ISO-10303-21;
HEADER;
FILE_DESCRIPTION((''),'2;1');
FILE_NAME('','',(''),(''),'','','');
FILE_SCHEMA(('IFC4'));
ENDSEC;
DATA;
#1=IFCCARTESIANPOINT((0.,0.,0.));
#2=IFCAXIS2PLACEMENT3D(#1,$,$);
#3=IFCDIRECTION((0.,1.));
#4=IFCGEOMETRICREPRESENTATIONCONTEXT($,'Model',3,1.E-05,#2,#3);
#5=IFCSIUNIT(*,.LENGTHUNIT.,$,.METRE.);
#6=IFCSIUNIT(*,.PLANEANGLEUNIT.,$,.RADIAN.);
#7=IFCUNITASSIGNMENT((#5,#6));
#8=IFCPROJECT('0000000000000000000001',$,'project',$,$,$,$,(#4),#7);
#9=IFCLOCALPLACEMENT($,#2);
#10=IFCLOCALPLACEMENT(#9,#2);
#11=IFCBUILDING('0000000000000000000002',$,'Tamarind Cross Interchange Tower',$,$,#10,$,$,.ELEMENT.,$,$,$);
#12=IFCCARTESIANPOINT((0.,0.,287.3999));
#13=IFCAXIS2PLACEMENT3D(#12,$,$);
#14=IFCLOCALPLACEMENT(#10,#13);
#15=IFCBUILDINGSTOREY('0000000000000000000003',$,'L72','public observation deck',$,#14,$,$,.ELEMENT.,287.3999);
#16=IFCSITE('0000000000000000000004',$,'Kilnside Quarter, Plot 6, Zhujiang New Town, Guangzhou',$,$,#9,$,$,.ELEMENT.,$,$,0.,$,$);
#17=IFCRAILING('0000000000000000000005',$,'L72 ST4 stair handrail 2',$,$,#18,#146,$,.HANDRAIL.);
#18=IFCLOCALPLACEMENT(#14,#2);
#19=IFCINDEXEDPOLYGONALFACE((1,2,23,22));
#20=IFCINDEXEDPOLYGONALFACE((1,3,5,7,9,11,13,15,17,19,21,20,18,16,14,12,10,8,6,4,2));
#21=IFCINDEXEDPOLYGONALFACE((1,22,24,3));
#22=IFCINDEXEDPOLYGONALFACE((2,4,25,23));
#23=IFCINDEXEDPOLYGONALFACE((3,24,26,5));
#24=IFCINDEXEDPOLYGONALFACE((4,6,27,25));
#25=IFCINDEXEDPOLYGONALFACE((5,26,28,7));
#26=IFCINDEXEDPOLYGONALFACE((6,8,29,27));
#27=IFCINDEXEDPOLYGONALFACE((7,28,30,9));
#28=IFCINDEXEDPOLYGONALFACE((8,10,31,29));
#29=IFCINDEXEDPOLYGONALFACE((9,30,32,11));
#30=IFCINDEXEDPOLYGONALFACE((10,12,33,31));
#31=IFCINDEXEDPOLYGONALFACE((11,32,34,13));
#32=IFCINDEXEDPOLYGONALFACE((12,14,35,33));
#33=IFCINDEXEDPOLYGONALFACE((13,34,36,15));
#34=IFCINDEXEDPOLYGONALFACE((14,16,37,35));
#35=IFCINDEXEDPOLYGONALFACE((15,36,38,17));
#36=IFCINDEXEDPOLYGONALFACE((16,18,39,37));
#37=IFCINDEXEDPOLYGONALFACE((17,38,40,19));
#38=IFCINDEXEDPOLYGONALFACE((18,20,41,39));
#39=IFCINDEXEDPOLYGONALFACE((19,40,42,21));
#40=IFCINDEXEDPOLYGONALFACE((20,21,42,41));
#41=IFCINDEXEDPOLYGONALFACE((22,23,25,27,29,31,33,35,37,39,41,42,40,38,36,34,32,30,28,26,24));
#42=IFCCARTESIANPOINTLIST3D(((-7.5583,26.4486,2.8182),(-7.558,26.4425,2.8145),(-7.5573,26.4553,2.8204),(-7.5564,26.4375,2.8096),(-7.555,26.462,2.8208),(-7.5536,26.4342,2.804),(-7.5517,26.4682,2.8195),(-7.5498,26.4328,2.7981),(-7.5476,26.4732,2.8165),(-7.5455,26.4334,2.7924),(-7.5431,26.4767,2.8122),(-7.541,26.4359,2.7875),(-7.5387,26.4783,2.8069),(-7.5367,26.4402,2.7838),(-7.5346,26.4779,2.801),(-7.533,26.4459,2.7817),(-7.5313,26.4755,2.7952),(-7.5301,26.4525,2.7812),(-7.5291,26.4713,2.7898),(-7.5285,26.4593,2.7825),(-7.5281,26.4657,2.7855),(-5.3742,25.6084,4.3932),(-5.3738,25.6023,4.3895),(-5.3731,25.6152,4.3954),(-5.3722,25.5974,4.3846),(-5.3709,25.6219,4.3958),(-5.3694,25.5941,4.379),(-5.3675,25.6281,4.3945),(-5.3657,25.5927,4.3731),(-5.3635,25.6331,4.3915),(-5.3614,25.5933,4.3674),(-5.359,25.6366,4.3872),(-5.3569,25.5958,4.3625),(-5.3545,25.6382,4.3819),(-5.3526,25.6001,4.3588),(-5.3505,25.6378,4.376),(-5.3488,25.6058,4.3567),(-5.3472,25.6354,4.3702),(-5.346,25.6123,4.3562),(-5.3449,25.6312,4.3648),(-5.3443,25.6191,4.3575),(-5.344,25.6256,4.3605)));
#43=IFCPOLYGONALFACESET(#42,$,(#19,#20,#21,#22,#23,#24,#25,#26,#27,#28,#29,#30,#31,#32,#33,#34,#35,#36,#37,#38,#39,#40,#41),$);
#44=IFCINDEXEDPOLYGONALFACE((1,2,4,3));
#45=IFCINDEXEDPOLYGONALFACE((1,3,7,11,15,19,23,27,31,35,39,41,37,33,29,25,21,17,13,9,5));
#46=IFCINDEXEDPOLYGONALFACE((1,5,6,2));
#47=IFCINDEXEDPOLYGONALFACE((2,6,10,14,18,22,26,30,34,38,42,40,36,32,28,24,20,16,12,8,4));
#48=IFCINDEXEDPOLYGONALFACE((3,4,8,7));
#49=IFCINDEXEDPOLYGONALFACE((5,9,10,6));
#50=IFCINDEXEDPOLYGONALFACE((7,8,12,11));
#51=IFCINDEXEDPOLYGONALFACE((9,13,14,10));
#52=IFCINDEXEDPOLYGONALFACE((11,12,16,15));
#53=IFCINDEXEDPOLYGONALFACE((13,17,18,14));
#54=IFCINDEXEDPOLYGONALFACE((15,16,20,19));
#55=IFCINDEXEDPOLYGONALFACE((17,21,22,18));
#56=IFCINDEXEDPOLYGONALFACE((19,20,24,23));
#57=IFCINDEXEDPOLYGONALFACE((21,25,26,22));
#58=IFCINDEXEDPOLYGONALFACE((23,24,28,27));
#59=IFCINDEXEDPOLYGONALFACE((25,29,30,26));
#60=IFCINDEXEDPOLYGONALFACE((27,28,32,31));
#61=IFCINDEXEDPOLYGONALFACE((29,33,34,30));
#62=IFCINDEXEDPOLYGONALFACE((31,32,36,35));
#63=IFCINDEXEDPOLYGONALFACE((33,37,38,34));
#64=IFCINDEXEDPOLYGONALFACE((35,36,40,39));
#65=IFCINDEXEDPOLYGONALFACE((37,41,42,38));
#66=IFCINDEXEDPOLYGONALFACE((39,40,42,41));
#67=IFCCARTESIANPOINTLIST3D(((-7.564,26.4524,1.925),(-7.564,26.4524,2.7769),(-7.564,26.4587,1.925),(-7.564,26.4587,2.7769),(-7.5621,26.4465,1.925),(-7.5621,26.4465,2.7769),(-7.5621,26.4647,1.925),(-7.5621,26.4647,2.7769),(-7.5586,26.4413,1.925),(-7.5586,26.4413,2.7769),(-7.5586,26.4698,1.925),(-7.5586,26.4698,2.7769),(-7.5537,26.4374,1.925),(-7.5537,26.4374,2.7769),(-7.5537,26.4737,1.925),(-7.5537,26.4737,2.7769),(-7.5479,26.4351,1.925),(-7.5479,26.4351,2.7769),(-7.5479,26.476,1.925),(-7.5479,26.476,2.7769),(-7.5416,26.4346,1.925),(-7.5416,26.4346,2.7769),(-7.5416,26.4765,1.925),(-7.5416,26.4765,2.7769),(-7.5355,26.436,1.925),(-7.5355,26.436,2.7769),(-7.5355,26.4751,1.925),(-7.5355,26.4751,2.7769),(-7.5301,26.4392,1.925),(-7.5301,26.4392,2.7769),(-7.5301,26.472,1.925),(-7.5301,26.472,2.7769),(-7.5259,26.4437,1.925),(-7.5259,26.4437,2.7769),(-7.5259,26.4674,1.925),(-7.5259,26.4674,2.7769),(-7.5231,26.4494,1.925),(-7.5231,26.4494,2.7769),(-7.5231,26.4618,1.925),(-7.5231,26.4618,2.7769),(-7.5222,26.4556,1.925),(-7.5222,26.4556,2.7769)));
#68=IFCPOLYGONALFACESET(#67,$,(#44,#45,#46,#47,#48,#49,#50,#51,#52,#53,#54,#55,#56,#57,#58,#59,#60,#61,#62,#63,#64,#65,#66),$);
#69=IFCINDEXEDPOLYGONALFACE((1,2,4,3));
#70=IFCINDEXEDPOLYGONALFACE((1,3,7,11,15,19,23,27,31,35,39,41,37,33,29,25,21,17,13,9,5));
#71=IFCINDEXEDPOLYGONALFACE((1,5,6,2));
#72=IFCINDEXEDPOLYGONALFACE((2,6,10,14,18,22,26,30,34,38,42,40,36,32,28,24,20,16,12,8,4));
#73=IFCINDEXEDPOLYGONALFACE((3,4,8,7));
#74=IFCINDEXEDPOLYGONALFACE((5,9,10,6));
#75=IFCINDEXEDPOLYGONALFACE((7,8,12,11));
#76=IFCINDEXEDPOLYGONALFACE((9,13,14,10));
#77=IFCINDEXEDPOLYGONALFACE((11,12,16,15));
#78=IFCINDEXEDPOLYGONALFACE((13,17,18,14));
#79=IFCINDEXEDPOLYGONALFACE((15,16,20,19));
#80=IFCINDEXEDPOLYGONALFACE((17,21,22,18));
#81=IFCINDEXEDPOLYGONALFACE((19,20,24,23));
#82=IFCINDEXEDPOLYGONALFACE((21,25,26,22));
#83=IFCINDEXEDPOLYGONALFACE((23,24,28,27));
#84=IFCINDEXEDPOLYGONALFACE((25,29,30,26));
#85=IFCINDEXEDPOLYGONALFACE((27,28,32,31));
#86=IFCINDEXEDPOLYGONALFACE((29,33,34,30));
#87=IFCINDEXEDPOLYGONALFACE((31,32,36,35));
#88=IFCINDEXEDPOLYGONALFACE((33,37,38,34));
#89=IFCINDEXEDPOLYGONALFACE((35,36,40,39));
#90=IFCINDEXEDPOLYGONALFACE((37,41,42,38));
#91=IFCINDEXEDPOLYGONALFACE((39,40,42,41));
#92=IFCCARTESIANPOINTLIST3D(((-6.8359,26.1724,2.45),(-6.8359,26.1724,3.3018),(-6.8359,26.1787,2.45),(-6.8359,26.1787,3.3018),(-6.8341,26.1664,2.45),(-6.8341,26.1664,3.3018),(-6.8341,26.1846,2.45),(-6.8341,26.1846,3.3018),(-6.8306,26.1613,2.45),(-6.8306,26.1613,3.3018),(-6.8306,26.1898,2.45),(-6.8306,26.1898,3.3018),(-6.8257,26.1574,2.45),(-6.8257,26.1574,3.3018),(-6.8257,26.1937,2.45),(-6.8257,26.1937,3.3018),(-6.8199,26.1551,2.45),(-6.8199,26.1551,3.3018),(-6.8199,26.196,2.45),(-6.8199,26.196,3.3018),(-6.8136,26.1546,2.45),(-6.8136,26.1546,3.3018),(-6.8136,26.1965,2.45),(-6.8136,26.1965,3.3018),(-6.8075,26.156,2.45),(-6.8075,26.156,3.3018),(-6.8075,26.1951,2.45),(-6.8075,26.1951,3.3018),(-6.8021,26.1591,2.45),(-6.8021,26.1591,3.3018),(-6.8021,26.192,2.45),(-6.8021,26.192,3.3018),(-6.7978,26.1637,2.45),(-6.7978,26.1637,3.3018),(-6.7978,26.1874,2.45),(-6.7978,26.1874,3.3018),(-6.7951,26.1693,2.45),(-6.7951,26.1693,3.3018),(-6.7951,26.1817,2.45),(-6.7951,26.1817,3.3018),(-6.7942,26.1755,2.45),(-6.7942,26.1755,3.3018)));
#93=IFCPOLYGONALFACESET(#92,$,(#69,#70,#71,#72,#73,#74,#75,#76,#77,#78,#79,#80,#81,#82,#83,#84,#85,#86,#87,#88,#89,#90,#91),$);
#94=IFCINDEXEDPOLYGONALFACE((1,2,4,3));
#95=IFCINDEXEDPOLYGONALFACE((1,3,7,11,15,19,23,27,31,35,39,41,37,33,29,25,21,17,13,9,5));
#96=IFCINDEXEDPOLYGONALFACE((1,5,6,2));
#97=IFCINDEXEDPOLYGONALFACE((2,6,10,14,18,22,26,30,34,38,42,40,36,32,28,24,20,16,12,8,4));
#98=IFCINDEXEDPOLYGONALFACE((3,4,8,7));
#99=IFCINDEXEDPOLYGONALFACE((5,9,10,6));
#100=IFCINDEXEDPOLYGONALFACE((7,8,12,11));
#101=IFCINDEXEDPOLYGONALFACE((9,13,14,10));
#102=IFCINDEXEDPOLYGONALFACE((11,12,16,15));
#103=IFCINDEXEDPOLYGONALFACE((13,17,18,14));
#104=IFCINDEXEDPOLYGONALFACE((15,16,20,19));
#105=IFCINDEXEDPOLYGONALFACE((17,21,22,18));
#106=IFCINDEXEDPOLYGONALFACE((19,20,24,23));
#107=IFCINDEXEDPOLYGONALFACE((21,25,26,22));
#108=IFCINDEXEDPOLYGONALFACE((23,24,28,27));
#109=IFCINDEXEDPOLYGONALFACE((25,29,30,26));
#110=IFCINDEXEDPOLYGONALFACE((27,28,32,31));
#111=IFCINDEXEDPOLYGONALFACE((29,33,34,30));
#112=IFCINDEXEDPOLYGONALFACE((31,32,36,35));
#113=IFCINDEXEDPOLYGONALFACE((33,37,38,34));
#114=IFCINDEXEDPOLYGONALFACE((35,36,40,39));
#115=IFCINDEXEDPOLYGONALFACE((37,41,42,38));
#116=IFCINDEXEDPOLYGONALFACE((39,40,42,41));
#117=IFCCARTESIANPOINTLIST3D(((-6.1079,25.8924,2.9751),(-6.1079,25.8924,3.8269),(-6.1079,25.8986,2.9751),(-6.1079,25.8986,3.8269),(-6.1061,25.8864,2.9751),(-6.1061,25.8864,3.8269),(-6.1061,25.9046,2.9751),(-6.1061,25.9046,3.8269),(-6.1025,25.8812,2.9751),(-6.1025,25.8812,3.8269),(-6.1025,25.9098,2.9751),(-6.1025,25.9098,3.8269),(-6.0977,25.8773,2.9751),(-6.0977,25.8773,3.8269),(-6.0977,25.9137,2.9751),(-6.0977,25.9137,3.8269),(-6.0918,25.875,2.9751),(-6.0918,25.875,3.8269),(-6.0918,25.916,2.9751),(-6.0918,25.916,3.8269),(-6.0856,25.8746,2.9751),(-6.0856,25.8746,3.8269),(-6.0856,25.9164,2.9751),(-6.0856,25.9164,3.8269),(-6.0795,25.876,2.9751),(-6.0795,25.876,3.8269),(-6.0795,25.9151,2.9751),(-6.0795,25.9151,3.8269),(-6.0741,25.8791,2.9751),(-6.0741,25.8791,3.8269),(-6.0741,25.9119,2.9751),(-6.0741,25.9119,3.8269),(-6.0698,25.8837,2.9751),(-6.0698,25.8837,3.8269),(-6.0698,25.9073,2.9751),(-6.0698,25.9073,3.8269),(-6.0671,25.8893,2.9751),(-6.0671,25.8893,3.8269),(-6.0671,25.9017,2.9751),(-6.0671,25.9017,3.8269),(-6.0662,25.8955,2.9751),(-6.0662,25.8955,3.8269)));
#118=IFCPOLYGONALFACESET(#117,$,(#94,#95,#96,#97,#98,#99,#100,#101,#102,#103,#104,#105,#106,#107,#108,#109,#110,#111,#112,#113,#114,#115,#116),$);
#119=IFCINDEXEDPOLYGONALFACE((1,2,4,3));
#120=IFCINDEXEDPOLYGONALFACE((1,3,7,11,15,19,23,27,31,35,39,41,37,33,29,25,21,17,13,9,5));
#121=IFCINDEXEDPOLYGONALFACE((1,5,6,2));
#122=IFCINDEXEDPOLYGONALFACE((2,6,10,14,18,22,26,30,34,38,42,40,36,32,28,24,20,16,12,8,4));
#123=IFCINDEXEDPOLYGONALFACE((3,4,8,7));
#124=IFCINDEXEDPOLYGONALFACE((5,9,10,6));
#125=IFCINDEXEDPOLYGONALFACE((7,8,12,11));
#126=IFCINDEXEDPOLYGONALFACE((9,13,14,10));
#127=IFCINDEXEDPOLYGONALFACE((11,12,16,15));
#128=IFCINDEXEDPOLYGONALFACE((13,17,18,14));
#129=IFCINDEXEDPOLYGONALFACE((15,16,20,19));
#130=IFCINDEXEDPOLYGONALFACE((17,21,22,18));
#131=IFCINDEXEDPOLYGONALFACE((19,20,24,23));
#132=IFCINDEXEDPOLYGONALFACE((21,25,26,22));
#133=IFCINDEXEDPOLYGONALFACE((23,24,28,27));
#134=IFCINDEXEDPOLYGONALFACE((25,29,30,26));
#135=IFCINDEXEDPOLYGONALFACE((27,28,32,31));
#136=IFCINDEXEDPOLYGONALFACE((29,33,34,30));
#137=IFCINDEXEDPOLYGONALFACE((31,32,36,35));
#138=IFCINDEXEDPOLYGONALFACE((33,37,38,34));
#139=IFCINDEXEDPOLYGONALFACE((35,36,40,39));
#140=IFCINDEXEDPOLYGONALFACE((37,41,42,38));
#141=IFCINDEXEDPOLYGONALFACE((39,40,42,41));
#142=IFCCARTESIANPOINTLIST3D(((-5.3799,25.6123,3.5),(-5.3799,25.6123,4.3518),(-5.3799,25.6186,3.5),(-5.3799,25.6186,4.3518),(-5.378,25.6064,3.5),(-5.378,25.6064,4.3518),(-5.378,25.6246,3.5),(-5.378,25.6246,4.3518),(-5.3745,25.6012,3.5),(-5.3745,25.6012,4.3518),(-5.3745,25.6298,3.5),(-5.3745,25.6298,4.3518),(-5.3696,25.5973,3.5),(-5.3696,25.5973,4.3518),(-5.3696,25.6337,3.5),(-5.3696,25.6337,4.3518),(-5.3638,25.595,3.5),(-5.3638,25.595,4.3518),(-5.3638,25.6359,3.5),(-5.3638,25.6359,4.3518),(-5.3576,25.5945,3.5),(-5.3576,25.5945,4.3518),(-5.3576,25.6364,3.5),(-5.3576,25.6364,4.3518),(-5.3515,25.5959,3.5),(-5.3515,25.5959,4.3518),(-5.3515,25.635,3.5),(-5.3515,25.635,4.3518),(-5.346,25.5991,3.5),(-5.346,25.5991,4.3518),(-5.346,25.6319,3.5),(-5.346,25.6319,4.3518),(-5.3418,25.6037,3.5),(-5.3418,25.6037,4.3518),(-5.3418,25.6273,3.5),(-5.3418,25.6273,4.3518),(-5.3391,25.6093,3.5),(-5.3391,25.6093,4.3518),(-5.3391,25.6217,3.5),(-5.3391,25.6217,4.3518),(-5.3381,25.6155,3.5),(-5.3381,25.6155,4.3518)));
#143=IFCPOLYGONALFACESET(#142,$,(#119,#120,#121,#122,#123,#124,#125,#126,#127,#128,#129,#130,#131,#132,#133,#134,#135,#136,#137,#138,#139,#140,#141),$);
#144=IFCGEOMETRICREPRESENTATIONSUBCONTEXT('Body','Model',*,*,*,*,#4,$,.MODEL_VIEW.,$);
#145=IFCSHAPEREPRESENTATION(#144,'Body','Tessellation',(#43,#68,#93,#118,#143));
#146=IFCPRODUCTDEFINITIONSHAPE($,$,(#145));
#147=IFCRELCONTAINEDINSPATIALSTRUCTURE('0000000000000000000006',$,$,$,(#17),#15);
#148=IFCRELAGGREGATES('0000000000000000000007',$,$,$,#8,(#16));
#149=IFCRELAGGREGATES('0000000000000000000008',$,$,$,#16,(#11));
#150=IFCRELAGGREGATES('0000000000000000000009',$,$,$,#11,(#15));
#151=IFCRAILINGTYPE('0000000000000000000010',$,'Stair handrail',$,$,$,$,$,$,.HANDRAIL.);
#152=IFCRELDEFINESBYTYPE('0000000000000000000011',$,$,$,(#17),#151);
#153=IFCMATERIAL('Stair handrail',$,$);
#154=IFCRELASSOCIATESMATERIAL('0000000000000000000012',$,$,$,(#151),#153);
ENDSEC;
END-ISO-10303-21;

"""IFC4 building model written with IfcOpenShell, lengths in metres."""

from ifc_helpers import new_model, si_unit, direction, frame, origin, origin_2d, place, context, subcontext, project, spatial, circle, extrude, material, type_object, element, save


model = new_model("IFC4")

# Units and contexts
model_context = context("Model", 3, precision=1e-05, world=origin(), true_north=direction((0.0, 1.0)))
body_context = subcontext(model_context, "Body", "Model", "MODEL_VIEW")
ifc_project = project(units=[si_unit("LENGTHUNIT", "METRE"), si_unit("PLANEANGLEUNIT", "RADIAN")], contexts=[model_context])

# Site, building, storey
site_placement = place(None, origin())
site = spatial("IfcSite", under=ifc_project, at=site_placement, Name="Kilnside Quarter, Plot 6, Zhujiang New Town, Guangzhou", CompositionType="ELEMENT", RefElevation=0.0)
building_placement = place(site_placement, origin())
building = spatial("IfcBuilding", under=site, at=building_placement, Name="Tamarind Cross Interchange Tower", CompositionType="ELEMENT")
storey_placement = place(building_placement, frame((0.0, 0.0, 287.3999)))
storey = spatial("IfcBuildingStorey", under=building, at=storey_placement, Name="L72", Description="public observation deck", CompositionType="ELEMENT", Elevation=287.3999)

# Railing
ifc_material_1 = material(Name="Stair handrail")
railing_type_1 = type_object("IfcRailingType", Name="Stair handrail", PredefinedType="HANDRAIL", material=ifc_material_1)
for number, where, name in (
    (1, (-7.5432, 26.4556, 1.925), "L72 ST4 stair handrail 2"),
):
    element("IfcRailing", number, at=place(storey_placement, frame(where)), inside=storey, type_object=railing_type_1, Name=name, PredefinedType="HANDRAIL", context=body_context, shape_type="SweptSolid", body=[
        extrude(circle(Radius=0.0239, at=origin_2d()), frame((0.0, 0.0, 0.876), z_axis=(0.774301, -0.297828, 0.558352), x_axis=(0.359, 0.933338, 0.0)), (0.0, 0.0, 1.0), 2.8208),
        extrude(circle(Radius=0.021, at=origin_2d()), origin(), (0.0, 0.0, 1.0), 0.8518),
        extrude(circle(Radius=0.021, at=origin_2d()), frame((0.728, -0.28, 0.5249)), (0.0, 0.0, 1.0), 0.8518),
        extrude(circle(Radius=0.021, at=origin_2d()), frame((1.4561, -0.5601, 1.05)), (0.0, 0.0, 1.0), 0.8518),
        extrude(circle(Radius=0.021, at=origin_2d()), frame((2.1841, -0.8401, 1.575)), (0.0, 0.0, 1.0), 0.8518),
    ])

save(model, "model.ifc")
